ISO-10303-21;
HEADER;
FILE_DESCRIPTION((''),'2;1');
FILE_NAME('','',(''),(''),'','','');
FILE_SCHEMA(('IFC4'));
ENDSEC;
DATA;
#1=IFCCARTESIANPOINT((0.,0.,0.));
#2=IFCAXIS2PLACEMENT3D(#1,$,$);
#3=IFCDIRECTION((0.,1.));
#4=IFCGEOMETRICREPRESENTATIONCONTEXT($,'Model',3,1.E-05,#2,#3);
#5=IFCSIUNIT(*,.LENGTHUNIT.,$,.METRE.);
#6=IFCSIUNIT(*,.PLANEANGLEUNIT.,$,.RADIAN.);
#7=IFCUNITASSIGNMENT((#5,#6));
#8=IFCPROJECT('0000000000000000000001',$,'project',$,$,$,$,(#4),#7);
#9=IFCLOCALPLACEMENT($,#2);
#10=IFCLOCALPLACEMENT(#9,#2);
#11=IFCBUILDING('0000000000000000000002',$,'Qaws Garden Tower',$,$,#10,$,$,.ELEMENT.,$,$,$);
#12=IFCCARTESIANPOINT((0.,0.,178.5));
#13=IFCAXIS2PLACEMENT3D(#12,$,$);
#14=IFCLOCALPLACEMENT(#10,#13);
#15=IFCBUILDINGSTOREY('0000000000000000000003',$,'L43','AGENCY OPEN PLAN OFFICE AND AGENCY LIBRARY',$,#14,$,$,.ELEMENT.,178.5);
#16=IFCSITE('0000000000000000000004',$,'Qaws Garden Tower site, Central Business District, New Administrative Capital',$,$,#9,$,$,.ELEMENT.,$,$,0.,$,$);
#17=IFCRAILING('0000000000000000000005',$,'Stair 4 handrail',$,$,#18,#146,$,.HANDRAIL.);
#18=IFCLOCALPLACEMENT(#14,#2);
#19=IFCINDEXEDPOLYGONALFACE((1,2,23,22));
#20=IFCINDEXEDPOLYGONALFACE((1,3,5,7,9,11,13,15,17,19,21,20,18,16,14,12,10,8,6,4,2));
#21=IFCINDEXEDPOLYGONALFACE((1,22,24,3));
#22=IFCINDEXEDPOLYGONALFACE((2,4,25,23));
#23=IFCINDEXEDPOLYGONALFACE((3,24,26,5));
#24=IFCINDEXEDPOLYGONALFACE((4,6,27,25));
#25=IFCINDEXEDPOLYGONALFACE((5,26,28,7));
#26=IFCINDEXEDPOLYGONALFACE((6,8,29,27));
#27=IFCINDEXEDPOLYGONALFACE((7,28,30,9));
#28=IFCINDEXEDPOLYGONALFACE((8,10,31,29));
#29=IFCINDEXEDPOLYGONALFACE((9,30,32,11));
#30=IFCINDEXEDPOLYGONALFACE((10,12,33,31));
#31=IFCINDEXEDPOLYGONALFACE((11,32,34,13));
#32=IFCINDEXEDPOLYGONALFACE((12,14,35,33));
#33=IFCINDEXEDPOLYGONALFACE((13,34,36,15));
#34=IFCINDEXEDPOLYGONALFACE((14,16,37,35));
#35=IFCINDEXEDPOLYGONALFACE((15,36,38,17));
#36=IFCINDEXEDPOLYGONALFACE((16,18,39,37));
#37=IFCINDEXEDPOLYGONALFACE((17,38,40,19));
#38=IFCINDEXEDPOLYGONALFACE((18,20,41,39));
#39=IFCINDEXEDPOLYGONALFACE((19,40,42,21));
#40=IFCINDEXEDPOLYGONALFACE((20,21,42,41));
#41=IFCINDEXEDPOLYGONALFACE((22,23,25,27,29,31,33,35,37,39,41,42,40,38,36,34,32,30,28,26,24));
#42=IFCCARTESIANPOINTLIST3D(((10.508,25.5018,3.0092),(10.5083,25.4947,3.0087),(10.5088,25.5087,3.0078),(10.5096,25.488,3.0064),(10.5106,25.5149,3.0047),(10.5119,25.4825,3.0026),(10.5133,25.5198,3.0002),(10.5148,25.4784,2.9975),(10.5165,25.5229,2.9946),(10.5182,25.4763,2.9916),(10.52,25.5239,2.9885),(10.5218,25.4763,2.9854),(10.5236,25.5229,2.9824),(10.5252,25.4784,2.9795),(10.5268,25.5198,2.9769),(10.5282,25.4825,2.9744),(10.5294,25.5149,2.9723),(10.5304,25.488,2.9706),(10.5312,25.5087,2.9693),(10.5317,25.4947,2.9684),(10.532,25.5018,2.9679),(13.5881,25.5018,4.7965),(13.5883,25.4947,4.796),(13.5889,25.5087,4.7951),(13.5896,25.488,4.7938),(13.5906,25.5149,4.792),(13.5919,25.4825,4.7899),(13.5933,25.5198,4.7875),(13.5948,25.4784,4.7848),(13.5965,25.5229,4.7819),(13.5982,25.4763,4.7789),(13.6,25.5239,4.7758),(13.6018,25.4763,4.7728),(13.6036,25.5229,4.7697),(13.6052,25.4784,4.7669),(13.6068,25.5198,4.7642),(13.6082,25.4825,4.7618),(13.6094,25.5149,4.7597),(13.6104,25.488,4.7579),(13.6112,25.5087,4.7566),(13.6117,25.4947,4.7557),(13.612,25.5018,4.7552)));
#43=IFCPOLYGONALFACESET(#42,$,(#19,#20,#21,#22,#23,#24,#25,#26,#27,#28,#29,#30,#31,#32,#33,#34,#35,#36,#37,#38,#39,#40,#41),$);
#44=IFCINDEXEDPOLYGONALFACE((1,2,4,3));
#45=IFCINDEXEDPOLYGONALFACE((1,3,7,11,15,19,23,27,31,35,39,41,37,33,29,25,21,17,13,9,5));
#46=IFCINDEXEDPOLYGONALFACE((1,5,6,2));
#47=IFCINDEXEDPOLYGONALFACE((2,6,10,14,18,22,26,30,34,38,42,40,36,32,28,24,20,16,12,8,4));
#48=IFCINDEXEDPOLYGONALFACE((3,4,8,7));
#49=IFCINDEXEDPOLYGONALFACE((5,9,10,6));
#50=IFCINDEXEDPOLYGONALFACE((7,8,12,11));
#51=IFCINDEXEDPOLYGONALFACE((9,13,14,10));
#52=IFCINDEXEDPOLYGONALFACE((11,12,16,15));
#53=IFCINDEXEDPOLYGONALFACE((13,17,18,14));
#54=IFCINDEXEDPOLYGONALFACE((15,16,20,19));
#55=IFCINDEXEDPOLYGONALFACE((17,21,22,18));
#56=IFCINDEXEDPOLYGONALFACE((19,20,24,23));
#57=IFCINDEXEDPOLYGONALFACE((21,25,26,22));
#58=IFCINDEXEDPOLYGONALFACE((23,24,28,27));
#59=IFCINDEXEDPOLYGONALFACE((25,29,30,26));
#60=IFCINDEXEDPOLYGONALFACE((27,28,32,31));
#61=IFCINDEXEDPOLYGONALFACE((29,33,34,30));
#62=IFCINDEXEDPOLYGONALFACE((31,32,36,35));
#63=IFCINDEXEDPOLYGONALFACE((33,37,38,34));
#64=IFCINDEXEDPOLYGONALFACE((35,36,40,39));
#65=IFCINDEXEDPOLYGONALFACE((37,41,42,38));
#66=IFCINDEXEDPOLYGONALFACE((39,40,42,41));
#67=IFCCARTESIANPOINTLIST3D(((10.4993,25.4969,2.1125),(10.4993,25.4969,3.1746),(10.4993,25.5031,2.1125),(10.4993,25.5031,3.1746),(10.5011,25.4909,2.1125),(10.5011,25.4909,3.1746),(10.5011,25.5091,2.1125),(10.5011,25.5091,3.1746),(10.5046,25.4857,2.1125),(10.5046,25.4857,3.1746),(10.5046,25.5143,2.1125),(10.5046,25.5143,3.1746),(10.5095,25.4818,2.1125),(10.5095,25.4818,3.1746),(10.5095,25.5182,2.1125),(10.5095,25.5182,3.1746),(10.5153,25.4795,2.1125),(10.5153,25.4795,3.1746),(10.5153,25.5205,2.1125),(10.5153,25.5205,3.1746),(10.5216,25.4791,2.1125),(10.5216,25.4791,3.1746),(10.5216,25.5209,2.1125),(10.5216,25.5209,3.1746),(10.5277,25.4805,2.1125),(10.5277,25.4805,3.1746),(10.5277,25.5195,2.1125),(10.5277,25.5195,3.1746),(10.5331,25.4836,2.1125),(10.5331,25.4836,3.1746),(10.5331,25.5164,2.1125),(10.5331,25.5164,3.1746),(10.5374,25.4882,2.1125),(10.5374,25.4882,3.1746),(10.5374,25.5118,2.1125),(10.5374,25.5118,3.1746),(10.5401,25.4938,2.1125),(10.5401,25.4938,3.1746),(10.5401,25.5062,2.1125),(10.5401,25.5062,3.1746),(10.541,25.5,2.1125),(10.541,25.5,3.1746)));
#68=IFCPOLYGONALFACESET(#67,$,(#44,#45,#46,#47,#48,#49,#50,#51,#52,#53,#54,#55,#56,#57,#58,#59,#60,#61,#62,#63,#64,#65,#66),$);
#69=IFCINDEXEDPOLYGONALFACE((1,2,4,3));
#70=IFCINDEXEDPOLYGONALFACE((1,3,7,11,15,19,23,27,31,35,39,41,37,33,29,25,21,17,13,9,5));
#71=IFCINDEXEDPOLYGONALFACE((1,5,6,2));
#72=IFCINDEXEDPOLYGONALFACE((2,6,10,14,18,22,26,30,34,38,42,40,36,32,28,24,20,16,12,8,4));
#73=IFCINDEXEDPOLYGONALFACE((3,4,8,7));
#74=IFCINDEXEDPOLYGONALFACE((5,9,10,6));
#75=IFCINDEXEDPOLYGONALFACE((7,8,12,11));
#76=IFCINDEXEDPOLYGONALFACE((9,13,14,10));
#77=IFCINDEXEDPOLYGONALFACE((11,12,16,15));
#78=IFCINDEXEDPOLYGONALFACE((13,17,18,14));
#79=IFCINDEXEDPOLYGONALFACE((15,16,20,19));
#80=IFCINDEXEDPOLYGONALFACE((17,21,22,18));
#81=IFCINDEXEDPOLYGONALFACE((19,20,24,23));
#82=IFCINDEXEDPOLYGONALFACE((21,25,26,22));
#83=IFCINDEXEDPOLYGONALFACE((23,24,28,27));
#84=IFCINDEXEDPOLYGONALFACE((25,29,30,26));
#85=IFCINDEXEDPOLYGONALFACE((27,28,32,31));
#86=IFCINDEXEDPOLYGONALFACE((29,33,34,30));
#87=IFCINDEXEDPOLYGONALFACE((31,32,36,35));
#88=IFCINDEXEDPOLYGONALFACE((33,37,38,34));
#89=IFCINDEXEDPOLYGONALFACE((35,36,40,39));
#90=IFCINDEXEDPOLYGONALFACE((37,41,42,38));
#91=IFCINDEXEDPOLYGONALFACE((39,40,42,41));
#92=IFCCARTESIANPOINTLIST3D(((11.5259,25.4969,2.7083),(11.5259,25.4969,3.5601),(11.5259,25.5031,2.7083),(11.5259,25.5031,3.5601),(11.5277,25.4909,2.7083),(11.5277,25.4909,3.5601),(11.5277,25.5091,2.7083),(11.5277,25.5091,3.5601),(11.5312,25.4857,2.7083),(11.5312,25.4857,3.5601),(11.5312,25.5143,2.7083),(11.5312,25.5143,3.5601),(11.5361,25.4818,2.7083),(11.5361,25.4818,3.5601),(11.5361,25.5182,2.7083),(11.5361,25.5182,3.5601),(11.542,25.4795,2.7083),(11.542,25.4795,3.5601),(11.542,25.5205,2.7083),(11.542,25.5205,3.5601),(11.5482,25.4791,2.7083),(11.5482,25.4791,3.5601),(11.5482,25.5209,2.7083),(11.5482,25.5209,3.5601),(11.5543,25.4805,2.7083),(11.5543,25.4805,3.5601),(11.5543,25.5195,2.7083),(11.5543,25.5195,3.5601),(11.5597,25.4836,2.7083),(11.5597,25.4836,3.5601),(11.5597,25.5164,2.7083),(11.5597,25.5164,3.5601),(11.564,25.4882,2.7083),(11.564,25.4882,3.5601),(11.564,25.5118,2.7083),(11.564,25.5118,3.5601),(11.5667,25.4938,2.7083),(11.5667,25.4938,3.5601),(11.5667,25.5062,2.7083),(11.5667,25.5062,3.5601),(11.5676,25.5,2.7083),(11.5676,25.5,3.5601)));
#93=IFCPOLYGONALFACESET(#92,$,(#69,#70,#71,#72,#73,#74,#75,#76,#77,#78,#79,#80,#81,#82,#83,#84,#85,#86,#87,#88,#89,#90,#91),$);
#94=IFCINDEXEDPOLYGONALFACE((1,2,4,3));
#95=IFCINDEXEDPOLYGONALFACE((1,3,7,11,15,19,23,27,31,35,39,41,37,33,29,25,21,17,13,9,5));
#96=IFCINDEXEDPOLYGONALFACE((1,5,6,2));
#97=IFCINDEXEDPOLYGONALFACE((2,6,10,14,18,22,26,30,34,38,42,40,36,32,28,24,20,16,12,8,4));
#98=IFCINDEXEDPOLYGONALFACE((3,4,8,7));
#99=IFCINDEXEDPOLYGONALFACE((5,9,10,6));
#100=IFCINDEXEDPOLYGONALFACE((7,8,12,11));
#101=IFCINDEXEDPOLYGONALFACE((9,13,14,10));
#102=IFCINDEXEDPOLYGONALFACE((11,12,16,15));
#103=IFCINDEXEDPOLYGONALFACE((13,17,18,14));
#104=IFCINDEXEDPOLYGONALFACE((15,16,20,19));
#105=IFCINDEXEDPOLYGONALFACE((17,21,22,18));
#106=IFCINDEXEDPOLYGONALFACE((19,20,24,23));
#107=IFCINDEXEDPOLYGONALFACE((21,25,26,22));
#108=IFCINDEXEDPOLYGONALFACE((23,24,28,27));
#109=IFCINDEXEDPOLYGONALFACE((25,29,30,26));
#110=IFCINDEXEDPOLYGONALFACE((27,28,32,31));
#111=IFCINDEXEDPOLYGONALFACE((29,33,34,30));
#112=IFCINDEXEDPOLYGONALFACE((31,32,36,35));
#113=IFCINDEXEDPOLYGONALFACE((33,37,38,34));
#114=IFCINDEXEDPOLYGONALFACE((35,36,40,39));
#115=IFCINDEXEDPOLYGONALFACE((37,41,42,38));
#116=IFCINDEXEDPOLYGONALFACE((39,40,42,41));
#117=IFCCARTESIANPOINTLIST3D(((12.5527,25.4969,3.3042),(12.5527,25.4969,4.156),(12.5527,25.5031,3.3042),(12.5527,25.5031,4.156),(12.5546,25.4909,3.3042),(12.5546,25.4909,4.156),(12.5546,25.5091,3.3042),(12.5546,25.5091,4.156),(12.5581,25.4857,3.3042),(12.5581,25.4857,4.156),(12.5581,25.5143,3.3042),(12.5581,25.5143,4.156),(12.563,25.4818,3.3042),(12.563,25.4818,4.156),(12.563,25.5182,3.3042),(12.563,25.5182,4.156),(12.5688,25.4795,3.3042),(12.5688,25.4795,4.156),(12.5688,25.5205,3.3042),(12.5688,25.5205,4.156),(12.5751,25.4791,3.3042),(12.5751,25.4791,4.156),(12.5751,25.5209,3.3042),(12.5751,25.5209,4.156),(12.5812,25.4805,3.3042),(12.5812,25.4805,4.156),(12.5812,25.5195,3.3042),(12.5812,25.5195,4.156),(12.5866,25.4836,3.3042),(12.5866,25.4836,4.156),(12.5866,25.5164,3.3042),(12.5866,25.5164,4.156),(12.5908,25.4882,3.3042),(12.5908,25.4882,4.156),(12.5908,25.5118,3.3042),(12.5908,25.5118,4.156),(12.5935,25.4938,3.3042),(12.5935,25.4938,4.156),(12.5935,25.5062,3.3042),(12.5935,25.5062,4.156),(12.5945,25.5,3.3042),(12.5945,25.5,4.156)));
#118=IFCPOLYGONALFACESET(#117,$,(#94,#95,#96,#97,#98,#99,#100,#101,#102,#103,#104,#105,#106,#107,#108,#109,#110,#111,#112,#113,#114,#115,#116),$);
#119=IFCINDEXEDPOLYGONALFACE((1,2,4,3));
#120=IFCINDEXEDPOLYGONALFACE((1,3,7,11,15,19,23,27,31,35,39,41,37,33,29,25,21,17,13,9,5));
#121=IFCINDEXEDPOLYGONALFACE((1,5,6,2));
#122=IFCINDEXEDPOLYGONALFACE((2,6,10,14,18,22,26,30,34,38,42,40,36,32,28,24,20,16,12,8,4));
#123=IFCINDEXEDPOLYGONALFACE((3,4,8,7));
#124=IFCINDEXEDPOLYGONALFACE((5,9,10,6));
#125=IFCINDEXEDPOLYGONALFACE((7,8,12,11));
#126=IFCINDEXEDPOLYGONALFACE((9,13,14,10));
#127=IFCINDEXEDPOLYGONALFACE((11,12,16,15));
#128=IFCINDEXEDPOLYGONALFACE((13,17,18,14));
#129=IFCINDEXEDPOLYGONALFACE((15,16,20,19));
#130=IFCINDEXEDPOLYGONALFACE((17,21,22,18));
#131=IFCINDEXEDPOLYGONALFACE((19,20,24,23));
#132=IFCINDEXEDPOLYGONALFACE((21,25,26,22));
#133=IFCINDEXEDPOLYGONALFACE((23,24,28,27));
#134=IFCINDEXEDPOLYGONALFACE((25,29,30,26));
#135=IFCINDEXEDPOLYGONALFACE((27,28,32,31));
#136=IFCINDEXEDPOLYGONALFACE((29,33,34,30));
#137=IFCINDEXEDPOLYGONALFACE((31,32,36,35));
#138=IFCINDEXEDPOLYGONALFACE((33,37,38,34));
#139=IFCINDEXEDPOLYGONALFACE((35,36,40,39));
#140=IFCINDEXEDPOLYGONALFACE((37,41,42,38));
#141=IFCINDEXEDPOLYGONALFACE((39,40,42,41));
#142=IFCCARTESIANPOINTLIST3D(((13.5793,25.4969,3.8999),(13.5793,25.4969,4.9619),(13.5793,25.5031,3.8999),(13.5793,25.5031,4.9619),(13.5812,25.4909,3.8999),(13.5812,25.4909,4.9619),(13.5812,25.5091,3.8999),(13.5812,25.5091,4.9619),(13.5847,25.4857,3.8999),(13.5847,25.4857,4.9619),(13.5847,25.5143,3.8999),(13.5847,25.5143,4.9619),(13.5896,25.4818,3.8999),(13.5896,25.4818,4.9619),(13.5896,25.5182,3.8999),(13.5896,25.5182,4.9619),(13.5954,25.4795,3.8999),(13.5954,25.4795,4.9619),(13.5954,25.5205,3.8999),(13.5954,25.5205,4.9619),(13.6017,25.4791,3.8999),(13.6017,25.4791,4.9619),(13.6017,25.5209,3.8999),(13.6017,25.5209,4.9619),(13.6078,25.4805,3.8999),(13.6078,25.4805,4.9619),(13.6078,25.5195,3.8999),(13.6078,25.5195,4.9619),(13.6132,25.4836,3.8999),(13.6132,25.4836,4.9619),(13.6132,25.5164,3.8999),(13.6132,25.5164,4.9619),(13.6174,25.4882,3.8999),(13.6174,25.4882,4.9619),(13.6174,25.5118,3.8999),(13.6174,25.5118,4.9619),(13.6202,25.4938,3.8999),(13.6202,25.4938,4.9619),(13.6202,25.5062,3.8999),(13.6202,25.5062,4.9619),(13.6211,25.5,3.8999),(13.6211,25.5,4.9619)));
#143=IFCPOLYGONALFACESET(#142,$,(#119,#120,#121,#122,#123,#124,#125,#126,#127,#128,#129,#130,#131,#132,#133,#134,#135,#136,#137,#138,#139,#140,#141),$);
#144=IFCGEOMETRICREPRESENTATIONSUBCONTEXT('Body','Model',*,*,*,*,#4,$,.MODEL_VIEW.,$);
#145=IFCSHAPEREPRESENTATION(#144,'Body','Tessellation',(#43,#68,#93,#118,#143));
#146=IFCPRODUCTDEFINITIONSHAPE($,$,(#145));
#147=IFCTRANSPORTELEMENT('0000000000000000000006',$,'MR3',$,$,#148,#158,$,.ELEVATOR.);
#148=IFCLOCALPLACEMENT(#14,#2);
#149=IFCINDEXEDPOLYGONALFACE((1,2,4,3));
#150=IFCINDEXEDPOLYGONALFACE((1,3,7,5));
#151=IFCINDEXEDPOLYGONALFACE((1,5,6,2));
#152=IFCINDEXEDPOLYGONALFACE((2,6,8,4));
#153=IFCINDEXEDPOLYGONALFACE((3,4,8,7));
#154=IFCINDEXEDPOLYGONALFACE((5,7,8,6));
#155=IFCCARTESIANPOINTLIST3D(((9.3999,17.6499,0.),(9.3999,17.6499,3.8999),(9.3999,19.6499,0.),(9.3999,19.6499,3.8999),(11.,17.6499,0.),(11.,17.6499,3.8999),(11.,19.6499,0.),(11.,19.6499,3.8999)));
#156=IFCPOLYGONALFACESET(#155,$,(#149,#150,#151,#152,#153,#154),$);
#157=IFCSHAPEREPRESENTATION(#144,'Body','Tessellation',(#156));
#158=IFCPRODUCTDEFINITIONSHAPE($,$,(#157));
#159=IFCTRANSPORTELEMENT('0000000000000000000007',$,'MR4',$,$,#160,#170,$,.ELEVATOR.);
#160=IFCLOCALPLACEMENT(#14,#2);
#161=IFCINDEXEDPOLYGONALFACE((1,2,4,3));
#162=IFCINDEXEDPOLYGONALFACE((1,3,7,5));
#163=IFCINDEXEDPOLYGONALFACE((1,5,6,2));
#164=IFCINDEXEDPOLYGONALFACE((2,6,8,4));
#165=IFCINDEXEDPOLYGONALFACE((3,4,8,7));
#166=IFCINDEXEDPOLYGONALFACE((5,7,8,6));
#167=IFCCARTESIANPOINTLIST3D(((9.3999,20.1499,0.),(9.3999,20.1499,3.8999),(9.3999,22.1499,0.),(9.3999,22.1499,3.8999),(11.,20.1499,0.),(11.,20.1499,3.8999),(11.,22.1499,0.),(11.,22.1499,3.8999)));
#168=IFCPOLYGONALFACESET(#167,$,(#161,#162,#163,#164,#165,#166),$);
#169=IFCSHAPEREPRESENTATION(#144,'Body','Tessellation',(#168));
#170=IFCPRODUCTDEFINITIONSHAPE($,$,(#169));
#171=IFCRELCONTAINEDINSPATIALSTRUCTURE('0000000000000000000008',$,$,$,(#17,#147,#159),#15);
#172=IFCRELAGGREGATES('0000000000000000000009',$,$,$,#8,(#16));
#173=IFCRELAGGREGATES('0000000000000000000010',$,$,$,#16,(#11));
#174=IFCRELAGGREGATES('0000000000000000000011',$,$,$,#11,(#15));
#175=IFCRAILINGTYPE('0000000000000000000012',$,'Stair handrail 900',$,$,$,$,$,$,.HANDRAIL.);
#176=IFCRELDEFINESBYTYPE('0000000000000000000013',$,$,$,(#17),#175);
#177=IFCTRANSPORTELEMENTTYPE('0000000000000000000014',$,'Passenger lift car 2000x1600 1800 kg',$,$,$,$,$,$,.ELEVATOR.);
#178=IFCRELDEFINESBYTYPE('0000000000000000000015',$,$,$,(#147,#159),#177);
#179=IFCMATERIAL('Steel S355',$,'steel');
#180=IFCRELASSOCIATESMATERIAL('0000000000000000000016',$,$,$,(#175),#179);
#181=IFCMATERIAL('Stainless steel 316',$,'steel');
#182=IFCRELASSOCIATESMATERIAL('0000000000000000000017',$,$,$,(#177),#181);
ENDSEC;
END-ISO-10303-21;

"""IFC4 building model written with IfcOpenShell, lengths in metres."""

from ifc_helpers import new_model, si_unit, direction, frame, origin, origin_2d, place, context, subcontext, project, spatial, rectangle, circle, extrude, material, type_object, element, save


model = new_model("IFC4")

# Units and contexts
model_context = context("Model", 3, precision=1e-05, world=origin(), true_north=direction((0.0, 1.0)))
body_context = subcontext(model_context, "Body", "Model", "MODEL_VIEW")
ifc_project = project(units=[si_unit("LENGTHUNIT", "METRE"), si_unit("PLANEANGLEUNIT", "RADIAN")], contexts=[model_context])

# Site, building, storey
site_placement = place(None, origin())
site = spatial("IfcSite", under=ifc_project, at=site_placement, Name="Qaws Garden Tower site, Central Business District, New Administrative Capital", CompositionType="ELEMENT", RefElevation=0.0)
building_placement = place(site_placement, origin())
building = spatial("IfcBuilding", under=site, at=building_placement, Name="Qaws Garden Tower", CompositionType="ELEMENT")
storey_placement = place(building_placement, frame((0.0, 0.0, 178.5)))
storey = spatial("IfcBuildingStorey", under=building, at=storey_placement, Name="L43", Description="AGENCY OPEN PLAN OFFICE AND AGENCY LIBRARY", CompositionType="ELEMENT", Elevation=178.5)

# Railing
ifc_material_1 = material(Name="Steel S355", Category="steel")
railing_type = type_object("IfcRailingType", Name="Stair handrail 900", PredefinedType="HANDRAIL", material=ifc_material_1)
railing_1_placement = place(storey_placement, frame((10.52, 25.5, 2.1125)))
element("IfcRailing", 1, at=railing_1_placement, inside=storey, type_object=railing_type, Name="Stair 4 handrail", PredefinedType="HANDRAIL", context=body_context, shape_type="SweptSolid", body=[
    extrude(circle(Radius=0.0239, at=origin_2d()), frame((0.0, 0.0, 0.876), z_axis=(0.86492, 0.0, 0.501909), x_axis=(0.0, 1.0, 0.0)), (0.0, 0.0, 1.0), 3.561),
    extrude(circle(Radius=0.021, at=origin_2d()), origin(), (0.0, 0.0, 1.0), 1.062),
    extrude(circle(Radius=0.021, at=origin_2d()), frame((1.0266, 0.0, 0.5957)), (0.0, 0.0, 1.0), 0.8518),
    extrude(circle(Radius=0.021, at=origin_2d()), frame((2.0535, 0.0, 1.1917)), (0.0, 0.0, 1.0), 0.8518),
    extrude(circle(Radius=0.021, at=origin_2d()), frame((3.0801, 0.0, 1.7874)), (0.0, 0.0, 1.0), 1.062),
])

# Transport elements
ifc_material_2 = material(Name="Stainless steel 316", Category="steel")
transport_element_type = type_object("IfcTransportElementType", Name="Passenger lift car 2000x1600 1800 kg", PredefinedType="ELEVATOR", material=ifc_material_2)
for number, where, z_axis, x_axis, name in (
    (2, (10.2, 18.6499, 0.0), (0.0, 0.0, 1.0), (1.0, 0.0, 0.0), "MR3"),
    (3, (10.2, 21.1499, 0.0), (0.0, 0.0, 1.0), (1.0, 0.0, 0.0), "MR4"),
):
    element("IfcTransportElement", number, at=place(storey_placement, frame(where, z_axis=z_axis, x_axis=x_axis)), inside=storey, type_object=transport_element_type, Name=name, PredefinedType="ELEVATOR", context=body_context, shape_type="SweptSolid", body=[
        extrude(rectangle(XDim=1.6001, YDim=2.0, at=origin_2d()), origin(), (0.0, 0.0, 1.0), 3.8999),
    ])

save(model, "model.ifc")
